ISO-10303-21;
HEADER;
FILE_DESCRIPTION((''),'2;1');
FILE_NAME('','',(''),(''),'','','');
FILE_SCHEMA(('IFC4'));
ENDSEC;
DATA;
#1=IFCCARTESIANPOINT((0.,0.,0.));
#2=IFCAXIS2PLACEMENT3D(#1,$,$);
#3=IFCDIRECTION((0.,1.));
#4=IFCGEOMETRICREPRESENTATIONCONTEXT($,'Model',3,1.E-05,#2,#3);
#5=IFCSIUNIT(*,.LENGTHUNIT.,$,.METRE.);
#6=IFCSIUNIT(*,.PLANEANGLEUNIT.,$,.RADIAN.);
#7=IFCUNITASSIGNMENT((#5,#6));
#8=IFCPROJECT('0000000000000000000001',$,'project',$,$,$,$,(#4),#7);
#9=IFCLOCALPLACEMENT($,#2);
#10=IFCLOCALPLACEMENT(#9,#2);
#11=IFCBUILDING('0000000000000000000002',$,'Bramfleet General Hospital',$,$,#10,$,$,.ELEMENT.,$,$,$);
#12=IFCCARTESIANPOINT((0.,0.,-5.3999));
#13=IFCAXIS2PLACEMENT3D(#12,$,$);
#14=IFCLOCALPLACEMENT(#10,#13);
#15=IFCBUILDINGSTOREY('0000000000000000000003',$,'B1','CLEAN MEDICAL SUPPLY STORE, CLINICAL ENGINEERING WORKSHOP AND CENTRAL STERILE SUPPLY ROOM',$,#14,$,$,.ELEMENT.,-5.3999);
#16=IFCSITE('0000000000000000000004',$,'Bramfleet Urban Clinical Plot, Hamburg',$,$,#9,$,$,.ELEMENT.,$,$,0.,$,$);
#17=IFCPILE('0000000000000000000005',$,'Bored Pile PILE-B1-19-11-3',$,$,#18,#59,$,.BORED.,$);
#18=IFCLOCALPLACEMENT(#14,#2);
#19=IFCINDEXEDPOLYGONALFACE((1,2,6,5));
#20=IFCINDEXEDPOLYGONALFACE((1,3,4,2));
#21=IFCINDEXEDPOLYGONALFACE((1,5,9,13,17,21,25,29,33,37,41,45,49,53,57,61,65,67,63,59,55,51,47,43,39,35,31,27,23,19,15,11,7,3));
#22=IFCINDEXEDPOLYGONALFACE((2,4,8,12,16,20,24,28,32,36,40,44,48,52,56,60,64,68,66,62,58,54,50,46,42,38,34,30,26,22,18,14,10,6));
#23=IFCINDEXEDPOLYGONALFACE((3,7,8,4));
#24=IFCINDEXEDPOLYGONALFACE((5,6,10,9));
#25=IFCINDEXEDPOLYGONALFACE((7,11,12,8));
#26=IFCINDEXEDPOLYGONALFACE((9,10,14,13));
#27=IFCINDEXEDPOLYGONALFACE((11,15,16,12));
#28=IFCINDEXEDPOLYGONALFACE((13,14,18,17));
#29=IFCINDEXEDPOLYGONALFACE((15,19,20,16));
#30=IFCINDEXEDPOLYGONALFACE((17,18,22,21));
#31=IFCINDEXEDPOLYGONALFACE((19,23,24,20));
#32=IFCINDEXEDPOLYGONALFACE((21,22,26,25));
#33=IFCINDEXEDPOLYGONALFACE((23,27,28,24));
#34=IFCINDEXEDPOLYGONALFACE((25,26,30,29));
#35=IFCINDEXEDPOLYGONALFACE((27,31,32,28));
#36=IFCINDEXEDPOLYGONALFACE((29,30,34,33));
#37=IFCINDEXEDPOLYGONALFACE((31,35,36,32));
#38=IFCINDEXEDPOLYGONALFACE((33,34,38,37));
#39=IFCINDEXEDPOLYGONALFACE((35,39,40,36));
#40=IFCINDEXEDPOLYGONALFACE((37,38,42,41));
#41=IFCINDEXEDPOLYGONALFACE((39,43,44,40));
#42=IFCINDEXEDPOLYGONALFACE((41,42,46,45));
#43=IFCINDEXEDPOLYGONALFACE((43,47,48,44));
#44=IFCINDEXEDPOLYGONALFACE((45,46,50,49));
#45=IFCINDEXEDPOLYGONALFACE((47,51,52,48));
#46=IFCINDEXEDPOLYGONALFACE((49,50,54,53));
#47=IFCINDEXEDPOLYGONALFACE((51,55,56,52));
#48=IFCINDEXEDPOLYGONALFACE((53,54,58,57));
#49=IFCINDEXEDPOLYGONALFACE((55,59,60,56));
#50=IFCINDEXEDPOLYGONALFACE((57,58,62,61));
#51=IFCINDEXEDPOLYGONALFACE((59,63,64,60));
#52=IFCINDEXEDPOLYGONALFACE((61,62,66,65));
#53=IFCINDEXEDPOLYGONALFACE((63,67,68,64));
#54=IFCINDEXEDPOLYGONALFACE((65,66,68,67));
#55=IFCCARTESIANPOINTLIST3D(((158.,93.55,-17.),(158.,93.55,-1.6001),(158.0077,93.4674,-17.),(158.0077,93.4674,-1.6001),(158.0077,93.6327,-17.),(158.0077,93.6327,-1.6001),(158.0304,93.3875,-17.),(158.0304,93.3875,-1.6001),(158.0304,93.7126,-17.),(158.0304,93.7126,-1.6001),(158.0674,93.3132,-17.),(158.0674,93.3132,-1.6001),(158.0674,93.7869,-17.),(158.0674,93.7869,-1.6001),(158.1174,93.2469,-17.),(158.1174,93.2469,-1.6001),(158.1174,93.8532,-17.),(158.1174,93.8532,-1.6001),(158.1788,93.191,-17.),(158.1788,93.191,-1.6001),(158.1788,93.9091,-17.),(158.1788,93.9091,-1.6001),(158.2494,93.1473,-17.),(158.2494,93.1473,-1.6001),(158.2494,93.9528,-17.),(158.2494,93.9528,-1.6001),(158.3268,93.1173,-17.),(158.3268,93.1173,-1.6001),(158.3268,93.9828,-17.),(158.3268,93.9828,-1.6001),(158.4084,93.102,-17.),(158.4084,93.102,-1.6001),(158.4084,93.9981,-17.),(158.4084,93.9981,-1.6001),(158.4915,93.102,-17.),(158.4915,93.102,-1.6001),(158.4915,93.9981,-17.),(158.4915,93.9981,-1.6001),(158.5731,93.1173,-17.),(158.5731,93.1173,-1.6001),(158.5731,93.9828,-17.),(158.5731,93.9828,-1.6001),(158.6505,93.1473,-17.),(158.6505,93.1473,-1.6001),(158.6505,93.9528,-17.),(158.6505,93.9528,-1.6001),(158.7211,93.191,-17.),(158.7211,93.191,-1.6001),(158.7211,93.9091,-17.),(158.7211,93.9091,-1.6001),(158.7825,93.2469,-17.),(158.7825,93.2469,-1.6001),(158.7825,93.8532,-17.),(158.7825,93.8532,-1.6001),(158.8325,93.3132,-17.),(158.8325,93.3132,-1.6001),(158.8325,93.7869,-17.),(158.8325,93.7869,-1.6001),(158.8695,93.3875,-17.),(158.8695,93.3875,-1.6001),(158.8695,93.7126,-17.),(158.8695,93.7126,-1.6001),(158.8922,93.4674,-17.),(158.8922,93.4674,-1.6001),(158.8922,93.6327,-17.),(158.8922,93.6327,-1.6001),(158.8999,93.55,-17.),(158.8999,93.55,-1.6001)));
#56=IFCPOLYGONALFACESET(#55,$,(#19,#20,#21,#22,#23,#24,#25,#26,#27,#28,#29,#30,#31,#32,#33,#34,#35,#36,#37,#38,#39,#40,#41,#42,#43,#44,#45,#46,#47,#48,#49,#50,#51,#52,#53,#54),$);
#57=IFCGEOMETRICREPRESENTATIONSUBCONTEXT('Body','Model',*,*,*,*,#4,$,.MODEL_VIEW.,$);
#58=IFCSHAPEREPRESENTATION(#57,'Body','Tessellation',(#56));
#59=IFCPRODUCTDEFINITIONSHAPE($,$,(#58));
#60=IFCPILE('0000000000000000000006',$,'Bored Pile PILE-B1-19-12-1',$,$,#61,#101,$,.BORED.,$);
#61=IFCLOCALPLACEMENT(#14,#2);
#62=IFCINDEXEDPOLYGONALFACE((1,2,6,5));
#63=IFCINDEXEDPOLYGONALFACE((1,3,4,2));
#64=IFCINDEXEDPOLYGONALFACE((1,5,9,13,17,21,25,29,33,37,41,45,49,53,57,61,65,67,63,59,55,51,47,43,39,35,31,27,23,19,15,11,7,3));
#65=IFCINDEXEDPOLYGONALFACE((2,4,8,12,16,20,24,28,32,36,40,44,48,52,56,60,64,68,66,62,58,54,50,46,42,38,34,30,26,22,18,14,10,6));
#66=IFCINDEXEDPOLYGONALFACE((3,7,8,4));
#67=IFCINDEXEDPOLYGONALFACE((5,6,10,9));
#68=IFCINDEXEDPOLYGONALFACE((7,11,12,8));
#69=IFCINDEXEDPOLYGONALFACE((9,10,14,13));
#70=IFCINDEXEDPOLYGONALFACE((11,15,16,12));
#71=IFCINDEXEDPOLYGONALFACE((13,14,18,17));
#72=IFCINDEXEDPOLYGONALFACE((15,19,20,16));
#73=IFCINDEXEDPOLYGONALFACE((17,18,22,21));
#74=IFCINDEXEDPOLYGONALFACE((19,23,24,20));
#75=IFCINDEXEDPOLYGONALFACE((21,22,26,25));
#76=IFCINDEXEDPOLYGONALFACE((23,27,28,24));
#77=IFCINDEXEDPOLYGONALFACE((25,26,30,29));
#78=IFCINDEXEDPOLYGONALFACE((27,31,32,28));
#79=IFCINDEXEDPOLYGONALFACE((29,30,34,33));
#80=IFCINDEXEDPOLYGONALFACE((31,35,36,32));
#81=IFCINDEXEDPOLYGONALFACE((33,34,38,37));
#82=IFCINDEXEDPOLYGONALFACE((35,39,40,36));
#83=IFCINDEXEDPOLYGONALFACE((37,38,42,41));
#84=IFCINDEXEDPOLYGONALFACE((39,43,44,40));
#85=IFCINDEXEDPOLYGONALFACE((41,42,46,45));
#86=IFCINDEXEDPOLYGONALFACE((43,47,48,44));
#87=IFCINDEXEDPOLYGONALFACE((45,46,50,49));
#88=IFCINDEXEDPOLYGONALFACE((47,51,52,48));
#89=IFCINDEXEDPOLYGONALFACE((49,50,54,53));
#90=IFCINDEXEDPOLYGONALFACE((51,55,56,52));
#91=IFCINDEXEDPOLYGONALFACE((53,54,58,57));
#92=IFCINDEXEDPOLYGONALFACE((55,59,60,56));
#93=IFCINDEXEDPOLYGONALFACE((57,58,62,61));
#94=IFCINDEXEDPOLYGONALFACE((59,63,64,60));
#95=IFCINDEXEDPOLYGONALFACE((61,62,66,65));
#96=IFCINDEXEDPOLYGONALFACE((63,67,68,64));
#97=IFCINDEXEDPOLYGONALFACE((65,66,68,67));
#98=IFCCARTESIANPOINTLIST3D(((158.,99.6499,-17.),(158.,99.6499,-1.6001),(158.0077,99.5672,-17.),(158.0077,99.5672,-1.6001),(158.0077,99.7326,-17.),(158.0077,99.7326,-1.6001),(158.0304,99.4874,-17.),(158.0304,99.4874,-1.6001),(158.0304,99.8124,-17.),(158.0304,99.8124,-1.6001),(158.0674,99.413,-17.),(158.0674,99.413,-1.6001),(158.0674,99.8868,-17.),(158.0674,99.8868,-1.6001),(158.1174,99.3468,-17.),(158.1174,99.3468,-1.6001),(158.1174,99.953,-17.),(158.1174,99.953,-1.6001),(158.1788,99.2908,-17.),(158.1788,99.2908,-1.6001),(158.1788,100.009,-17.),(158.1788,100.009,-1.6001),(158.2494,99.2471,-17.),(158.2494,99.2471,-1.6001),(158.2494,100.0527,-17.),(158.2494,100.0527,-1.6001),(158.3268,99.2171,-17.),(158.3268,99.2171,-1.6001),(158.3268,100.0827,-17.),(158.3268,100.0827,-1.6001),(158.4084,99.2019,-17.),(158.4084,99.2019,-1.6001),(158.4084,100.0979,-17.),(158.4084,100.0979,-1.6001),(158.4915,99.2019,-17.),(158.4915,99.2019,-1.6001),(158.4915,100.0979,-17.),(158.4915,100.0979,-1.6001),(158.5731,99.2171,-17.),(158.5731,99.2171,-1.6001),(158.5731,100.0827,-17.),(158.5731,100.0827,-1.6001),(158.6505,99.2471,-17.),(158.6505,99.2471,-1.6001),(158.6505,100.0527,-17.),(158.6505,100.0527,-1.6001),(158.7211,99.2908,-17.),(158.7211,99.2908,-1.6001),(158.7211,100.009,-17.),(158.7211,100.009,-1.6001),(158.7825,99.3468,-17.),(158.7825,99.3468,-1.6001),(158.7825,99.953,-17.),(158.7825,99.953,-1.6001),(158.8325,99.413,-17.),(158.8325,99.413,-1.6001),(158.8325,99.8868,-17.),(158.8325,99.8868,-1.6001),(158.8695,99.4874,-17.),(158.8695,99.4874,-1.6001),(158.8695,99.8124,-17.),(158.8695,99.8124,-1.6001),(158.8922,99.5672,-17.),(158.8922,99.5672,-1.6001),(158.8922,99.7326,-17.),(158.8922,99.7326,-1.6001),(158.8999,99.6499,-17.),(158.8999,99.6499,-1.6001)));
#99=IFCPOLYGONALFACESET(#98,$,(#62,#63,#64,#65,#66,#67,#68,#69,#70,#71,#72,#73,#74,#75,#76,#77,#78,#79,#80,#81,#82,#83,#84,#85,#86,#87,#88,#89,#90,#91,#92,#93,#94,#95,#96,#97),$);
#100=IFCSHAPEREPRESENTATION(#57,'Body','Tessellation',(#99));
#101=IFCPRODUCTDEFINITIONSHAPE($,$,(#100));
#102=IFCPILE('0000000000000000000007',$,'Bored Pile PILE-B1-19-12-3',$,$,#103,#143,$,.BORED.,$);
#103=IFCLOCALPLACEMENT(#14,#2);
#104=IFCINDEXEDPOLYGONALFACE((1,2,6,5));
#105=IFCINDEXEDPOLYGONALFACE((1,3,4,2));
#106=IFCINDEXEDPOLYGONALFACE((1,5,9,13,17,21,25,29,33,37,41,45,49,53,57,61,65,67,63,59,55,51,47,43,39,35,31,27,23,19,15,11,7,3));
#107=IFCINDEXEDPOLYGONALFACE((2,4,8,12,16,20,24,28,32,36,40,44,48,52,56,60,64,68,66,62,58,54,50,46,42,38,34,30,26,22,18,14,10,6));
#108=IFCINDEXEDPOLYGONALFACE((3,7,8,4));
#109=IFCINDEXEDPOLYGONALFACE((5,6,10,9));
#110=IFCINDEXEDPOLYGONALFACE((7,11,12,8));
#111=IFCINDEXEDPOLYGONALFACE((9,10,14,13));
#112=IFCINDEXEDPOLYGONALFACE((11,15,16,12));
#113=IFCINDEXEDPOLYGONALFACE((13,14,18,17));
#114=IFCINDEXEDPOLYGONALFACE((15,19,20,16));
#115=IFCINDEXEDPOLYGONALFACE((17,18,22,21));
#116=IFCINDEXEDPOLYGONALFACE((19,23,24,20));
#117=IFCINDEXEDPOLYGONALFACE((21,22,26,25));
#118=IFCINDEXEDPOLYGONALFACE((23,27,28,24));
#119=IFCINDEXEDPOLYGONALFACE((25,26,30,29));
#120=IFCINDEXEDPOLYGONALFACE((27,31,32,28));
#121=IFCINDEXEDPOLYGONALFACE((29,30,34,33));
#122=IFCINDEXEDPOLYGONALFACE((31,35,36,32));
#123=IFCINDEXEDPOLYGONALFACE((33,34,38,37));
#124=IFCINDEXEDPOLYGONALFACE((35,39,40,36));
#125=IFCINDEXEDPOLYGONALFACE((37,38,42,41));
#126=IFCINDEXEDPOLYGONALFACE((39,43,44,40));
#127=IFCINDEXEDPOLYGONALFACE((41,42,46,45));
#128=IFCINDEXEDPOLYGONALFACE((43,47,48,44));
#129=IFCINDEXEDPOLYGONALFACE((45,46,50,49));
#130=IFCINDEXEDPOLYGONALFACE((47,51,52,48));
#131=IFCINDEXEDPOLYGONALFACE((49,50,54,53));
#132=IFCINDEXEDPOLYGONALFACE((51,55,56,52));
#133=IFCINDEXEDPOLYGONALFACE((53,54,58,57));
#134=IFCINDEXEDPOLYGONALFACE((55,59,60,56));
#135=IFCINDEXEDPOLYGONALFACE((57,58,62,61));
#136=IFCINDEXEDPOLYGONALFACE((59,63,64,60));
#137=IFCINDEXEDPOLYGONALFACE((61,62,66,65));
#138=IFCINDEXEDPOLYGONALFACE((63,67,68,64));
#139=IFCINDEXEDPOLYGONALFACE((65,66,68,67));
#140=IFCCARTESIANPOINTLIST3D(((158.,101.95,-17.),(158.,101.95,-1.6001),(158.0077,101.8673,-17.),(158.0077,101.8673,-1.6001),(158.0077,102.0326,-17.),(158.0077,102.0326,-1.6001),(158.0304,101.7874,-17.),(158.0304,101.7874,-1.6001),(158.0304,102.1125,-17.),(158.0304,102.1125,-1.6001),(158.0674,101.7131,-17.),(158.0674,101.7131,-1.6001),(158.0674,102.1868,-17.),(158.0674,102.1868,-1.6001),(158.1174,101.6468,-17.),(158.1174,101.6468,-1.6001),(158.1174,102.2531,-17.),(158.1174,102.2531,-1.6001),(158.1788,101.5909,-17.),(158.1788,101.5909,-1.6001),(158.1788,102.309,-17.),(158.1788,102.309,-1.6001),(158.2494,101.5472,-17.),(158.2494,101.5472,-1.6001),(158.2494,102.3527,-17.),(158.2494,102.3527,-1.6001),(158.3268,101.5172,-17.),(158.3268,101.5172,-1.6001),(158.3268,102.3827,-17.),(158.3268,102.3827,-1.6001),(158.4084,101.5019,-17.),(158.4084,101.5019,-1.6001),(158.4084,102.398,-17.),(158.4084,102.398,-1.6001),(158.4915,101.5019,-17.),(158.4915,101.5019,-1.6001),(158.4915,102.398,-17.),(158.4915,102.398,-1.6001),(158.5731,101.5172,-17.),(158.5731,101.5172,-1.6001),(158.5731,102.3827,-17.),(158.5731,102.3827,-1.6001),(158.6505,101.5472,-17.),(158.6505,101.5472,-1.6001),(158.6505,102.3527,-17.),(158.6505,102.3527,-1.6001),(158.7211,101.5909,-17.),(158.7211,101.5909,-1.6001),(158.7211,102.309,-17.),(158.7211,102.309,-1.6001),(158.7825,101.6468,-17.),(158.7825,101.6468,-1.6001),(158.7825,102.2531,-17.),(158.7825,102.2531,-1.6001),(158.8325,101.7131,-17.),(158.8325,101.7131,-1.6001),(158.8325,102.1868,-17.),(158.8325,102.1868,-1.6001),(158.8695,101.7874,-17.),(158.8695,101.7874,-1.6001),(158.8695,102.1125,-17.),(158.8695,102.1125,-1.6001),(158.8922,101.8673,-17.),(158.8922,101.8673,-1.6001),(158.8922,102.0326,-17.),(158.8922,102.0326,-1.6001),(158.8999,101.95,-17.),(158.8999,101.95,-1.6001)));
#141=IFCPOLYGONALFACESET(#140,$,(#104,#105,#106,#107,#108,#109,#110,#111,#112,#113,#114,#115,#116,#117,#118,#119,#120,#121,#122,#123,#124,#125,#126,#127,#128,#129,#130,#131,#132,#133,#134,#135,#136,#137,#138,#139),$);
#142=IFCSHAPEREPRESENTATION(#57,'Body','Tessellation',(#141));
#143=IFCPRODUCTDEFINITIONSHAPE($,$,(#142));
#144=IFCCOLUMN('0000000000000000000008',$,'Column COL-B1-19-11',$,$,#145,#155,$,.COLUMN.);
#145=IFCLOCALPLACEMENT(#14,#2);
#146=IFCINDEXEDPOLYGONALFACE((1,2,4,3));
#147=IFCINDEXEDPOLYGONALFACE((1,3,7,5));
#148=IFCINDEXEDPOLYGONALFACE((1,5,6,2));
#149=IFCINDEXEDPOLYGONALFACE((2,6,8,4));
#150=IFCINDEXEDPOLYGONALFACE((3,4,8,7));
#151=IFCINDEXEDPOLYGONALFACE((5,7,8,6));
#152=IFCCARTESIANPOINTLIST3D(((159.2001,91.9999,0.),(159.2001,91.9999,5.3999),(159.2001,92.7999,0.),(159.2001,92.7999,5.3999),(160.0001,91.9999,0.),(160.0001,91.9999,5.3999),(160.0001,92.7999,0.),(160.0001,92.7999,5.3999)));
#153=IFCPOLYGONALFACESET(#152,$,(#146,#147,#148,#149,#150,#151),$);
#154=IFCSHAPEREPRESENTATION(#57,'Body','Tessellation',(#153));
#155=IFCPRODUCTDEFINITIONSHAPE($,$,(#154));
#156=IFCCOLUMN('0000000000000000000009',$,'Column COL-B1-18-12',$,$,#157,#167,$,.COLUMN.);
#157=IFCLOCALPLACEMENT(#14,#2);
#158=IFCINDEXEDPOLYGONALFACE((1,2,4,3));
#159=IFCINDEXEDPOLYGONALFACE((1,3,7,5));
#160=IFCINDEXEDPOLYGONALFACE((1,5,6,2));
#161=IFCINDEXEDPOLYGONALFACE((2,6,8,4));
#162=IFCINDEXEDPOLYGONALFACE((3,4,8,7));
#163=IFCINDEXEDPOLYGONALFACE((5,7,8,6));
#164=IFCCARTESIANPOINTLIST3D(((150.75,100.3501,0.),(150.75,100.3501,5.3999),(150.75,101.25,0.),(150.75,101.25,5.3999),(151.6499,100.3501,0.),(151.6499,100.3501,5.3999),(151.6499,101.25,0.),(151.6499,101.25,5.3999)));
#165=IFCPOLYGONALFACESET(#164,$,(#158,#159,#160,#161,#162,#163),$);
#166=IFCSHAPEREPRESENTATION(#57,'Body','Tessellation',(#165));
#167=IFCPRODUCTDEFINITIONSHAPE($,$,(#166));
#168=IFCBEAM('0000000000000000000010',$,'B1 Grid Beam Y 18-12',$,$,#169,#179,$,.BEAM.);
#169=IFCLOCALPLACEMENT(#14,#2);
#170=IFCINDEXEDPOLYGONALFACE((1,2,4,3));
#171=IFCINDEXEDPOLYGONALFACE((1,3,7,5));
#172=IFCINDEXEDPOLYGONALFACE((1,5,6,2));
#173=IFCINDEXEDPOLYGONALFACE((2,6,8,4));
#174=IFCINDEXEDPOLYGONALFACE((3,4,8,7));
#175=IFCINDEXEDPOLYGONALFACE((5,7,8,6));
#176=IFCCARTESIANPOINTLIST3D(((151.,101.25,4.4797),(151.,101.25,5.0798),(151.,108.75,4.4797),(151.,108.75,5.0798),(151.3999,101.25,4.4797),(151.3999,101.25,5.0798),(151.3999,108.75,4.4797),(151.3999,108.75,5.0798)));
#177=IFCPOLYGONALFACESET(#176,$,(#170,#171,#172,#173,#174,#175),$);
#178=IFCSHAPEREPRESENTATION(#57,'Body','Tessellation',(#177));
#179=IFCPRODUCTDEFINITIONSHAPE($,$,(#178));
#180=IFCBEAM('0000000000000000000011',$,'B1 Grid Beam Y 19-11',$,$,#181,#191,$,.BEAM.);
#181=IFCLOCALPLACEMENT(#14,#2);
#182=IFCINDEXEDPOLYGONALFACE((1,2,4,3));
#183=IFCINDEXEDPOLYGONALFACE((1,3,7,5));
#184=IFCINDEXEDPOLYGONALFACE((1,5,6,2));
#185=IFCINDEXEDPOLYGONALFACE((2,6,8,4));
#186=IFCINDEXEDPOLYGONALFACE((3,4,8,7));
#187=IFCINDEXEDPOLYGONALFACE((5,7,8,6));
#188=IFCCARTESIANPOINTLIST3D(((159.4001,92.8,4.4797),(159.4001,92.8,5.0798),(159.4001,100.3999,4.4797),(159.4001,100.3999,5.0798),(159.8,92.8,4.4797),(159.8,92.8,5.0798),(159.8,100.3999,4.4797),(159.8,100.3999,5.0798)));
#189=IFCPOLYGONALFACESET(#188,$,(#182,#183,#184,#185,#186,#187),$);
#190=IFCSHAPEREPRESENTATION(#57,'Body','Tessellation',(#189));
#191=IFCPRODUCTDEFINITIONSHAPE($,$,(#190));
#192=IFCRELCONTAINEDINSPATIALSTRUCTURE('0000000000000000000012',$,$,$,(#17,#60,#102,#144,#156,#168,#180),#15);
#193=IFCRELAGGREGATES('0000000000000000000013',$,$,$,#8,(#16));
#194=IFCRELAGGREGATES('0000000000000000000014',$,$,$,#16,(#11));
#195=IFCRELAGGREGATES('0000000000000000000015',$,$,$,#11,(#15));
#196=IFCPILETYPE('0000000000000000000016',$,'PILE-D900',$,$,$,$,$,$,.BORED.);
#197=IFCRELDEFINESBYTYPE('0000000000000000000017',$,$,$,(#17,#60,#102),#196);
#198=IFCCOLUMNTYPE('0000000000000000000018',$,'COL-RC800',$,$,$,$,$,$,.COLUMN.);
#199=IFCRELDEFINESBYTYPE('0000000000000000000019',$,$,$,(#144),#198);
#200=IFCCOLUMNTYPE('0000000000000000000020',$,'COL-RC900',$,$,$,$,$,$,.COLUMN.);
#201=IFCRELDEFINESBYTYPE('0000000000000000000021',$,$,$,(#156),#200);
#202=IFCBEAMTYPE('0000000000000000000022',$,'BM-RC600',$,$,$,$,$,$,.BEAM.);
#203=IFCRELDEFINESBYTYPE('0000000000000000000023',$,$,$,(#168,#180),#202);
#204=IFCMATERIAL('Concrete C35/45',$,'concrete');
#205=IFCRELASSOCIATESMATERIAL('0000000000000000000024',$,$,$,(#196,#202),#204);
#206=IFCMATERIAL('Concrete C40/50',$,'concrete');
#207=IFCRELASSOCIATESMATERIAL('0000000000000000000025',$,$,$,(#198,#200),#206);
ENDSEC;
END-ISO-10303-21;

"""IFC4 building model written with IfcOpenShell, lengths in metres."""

from ifc_helpers import new_model, si_unit, direction, frame, origin, origin_2d, place, context, subcontext, project, spatial, rectangle, circle, extrude, material, material_profile, profile_set, type_object, element, save


model = new_model("IFC4")

# Units and contexts
model_context = context("Model", 3, precision=1e-05, world=origin(), true_north=direction((0.0, 1.0)))
body_context = subcontext(model_context, "Body", "Model", "MODEL_VIEW")
ifc_project = project(units=[si_unit("LENGTHUNIT", "METRE"), si_unit("PLANEANGLEUNIT", "RADIAN")], contexts=[model_context])

# Site, building, storey
site_placement = place(None, origin())
site = spatial("IfcSite", under=ifc_project, at=site_placement, Name="Bramfleet Urban Clinical Plot, Hamburg", CompositionType="ELEMENT", RefElevation=0.0)
building_placement = place(site_placement, origin())
building = spatial("IfcBuilding", under=site, at=building_placement, Name="Bramfleet General Hospital", CompositionType="ELEMENT")
storey_placement = place(building_placement, frame((0.0, 0.0, -5.3999)))
storey = spatial("IfcBuildingStorey", under=building, at=storey_placement, Name="B1", Description="CLEAN MEDICAL SUPPLY STORE, CLINICAL ENGINEERING WORKSHOP AND CENTRAL STERILE SUPPLY ROOM", CompositionType="ELEMENT", Elevation=-5.3999)

# Shared definitions
ifc_material_1 = material(Name="Concrete C35/45", Category="concrete")

# Piles
ifc_material_profile_1 = material_profile(ifc_material_1, circle(Radius=0.45, at=origin_2d()), Name="PILE BORED D900")
ifc_profile_set_1 = profile_set([ifc_material_profile_1], Name="Concrete C35/45")
pile_type = type_object("IfcPileType", Name="PILE-D900", PredefinedType="BORED", material=ifc_profile_set_1)
for number, where, z_axis, x_axis, name in (
    (1, (158.45, 93.55, -1.6001), (0.0, 0.0, -1.0), (1.0, 0.0, 0.0), "Bored Pile PILE-B1-19-11-3"),
    (2, (158.45, 99.6499, -1.6001), (0.0, 0.0, -1.0), (1.0, 0.0, 0.0), "Bored Pile PILE-B1-19-12-1"),
    (3, (158.45, 101.95, -1.6001), (0.0, 0.0, -1.0), (1.0, 0.0, 0.0), "Bored Pile PILE-B1-19-12-3"),
):
    element("IfcPile", number, at=place(storey_placement, frame(where, z_axis=z_axis, x_axis=x_axis)), inside=storey, type_object=pile_type, Name=name, PredefinedType="BORED", context=body_context, shape_type="SweptSolid", body=[
        extrude(circle(Radius=0.45, at=origin_2d()), origin(), (0.0, 0.0, 1.0), 15.3999),
    ])

# Columns
ifc_material_2 = material(Name="Concrete C40/50", Category="concrete")
ifc_material_profile_2 = material_profile(ifc_material_2, rectangle(XDim=0.8, YDim=0.8, at=origin_2d()), Name="RC COL 800x800")
ifc_profile_set_2 = profile_set([ifc_material_profile_2], Name="Concrete C40/50")
column_type_1 = type_object("IfcColumnType", Name="COL-RC800", PredefinedType="COLUMN", material=ifc_profile_set_2)
column_1_placement = place(storey_placement, frame((159.6001, 92.3999, 0.0), z_axis=(0.0, 0.0, 1.0), x_axis=(1.0, 0.0, 0.0)))
element("IfcColumn", 4, at=column_1_placement, inside=storey, type_object=column_type_1, Name="Column COL-B1-19-11", PredefinedType="COLUMN", context=body_context, shape_type="SweptSolid", body=[
    extrude(rectangle(XDim=0.8, YDim=0.8, at=origin_2d()), origin(), (0.0, 0.0, 1.0), 5.3999),
])
ifc_material_profile_3 = material_profile(ifc_material_2, rectangle(XDim=0.8999, YDim=0.8999, at=origin_2d()), Name="RC COL 900x900")
ifc_profile_set_3 = profile_set([ifc_material_profile_3], Name="Concrete C40/50")
column_type_2 = type_object("IfcColumnType", Name="COL-RC900", PredefinedType="COLUMN", material=ifc_profile_set_3)
column_2_placement = place(storey_placement, frame((151.2, 100.8, 0.0), z_axis=(0.0, 0.0, 1.0), x_axis=(1.0, 0.0, 0.0)))
element("IfcColumn", 5, at=column_2_placement, inside=storey, type_object=column_type_2, Name="Column COL-B1-18-12", PredefinedType="COLUMN", context=body_context, shape_type="SweptSolid", body=[
    extrude(rectangle(XDim=0.8999, YDim=0.8999, at=origin_2d()), origin(), (0.0, 0.0, 1.0), 5.3999),
])

# Beams
ifc_material_profile_4 = material_profile(ifc_material_1, rectangle(XDim=0.3999, YDim=0.6001, at=origin_2d()), Name="RC BM 600x400")
ifc_profile_set_4 = profile_set([ifc_material_profile_4], Name="Concrete C35/45")
beam_type_1 = type_object("IfcBeamType", Name="BM-RC600", PredefinedType="BEAM", material=ifc_profile_set_4)
beam_1_placement = place(storey_placement, frame((151.2, 101.25, 4.7798), z_axis=(0.0, 1.0, 0.0), x_axis=(-1.0, 0.0, 0.0)))
element("IfcBeam", 6, at=beam_1_placement, inside=storey, type_object=beam_type_1, Name="B1 Grid Beam Y 18-12", PredefinedType="BEAM", context=body_context, shape_type="SweptSolid", body=[
    extrude(rectangle(XDim=0.3999, YDim=0.6001, at=origin_2d()), origin(), (0.0, 0.0, 1.0), 7.5),
])
beam_2_placement = place(storey_placement, frame((159.6001, 92.8, 4.7798), z_axis=(0.0, 1.0, 0.0), x_axis=(-1.0, 0.0, 0.0)))
element("IfcBeam", 7, at=beam_2_placement, inside=storey, type_object=beam_type_1, Name="B1 Grid Beam Y 19-11", PredefinedType="BEAM", context=body_context, shape_type="SweptSolid", body=[
    extrude(rectangle(XDim=0.3999, YDim=0.6001, at=origin_2d()), origin(), (0.0, 0.0, 1.0), 7.5999),
])

save(model, "model.ifc")
